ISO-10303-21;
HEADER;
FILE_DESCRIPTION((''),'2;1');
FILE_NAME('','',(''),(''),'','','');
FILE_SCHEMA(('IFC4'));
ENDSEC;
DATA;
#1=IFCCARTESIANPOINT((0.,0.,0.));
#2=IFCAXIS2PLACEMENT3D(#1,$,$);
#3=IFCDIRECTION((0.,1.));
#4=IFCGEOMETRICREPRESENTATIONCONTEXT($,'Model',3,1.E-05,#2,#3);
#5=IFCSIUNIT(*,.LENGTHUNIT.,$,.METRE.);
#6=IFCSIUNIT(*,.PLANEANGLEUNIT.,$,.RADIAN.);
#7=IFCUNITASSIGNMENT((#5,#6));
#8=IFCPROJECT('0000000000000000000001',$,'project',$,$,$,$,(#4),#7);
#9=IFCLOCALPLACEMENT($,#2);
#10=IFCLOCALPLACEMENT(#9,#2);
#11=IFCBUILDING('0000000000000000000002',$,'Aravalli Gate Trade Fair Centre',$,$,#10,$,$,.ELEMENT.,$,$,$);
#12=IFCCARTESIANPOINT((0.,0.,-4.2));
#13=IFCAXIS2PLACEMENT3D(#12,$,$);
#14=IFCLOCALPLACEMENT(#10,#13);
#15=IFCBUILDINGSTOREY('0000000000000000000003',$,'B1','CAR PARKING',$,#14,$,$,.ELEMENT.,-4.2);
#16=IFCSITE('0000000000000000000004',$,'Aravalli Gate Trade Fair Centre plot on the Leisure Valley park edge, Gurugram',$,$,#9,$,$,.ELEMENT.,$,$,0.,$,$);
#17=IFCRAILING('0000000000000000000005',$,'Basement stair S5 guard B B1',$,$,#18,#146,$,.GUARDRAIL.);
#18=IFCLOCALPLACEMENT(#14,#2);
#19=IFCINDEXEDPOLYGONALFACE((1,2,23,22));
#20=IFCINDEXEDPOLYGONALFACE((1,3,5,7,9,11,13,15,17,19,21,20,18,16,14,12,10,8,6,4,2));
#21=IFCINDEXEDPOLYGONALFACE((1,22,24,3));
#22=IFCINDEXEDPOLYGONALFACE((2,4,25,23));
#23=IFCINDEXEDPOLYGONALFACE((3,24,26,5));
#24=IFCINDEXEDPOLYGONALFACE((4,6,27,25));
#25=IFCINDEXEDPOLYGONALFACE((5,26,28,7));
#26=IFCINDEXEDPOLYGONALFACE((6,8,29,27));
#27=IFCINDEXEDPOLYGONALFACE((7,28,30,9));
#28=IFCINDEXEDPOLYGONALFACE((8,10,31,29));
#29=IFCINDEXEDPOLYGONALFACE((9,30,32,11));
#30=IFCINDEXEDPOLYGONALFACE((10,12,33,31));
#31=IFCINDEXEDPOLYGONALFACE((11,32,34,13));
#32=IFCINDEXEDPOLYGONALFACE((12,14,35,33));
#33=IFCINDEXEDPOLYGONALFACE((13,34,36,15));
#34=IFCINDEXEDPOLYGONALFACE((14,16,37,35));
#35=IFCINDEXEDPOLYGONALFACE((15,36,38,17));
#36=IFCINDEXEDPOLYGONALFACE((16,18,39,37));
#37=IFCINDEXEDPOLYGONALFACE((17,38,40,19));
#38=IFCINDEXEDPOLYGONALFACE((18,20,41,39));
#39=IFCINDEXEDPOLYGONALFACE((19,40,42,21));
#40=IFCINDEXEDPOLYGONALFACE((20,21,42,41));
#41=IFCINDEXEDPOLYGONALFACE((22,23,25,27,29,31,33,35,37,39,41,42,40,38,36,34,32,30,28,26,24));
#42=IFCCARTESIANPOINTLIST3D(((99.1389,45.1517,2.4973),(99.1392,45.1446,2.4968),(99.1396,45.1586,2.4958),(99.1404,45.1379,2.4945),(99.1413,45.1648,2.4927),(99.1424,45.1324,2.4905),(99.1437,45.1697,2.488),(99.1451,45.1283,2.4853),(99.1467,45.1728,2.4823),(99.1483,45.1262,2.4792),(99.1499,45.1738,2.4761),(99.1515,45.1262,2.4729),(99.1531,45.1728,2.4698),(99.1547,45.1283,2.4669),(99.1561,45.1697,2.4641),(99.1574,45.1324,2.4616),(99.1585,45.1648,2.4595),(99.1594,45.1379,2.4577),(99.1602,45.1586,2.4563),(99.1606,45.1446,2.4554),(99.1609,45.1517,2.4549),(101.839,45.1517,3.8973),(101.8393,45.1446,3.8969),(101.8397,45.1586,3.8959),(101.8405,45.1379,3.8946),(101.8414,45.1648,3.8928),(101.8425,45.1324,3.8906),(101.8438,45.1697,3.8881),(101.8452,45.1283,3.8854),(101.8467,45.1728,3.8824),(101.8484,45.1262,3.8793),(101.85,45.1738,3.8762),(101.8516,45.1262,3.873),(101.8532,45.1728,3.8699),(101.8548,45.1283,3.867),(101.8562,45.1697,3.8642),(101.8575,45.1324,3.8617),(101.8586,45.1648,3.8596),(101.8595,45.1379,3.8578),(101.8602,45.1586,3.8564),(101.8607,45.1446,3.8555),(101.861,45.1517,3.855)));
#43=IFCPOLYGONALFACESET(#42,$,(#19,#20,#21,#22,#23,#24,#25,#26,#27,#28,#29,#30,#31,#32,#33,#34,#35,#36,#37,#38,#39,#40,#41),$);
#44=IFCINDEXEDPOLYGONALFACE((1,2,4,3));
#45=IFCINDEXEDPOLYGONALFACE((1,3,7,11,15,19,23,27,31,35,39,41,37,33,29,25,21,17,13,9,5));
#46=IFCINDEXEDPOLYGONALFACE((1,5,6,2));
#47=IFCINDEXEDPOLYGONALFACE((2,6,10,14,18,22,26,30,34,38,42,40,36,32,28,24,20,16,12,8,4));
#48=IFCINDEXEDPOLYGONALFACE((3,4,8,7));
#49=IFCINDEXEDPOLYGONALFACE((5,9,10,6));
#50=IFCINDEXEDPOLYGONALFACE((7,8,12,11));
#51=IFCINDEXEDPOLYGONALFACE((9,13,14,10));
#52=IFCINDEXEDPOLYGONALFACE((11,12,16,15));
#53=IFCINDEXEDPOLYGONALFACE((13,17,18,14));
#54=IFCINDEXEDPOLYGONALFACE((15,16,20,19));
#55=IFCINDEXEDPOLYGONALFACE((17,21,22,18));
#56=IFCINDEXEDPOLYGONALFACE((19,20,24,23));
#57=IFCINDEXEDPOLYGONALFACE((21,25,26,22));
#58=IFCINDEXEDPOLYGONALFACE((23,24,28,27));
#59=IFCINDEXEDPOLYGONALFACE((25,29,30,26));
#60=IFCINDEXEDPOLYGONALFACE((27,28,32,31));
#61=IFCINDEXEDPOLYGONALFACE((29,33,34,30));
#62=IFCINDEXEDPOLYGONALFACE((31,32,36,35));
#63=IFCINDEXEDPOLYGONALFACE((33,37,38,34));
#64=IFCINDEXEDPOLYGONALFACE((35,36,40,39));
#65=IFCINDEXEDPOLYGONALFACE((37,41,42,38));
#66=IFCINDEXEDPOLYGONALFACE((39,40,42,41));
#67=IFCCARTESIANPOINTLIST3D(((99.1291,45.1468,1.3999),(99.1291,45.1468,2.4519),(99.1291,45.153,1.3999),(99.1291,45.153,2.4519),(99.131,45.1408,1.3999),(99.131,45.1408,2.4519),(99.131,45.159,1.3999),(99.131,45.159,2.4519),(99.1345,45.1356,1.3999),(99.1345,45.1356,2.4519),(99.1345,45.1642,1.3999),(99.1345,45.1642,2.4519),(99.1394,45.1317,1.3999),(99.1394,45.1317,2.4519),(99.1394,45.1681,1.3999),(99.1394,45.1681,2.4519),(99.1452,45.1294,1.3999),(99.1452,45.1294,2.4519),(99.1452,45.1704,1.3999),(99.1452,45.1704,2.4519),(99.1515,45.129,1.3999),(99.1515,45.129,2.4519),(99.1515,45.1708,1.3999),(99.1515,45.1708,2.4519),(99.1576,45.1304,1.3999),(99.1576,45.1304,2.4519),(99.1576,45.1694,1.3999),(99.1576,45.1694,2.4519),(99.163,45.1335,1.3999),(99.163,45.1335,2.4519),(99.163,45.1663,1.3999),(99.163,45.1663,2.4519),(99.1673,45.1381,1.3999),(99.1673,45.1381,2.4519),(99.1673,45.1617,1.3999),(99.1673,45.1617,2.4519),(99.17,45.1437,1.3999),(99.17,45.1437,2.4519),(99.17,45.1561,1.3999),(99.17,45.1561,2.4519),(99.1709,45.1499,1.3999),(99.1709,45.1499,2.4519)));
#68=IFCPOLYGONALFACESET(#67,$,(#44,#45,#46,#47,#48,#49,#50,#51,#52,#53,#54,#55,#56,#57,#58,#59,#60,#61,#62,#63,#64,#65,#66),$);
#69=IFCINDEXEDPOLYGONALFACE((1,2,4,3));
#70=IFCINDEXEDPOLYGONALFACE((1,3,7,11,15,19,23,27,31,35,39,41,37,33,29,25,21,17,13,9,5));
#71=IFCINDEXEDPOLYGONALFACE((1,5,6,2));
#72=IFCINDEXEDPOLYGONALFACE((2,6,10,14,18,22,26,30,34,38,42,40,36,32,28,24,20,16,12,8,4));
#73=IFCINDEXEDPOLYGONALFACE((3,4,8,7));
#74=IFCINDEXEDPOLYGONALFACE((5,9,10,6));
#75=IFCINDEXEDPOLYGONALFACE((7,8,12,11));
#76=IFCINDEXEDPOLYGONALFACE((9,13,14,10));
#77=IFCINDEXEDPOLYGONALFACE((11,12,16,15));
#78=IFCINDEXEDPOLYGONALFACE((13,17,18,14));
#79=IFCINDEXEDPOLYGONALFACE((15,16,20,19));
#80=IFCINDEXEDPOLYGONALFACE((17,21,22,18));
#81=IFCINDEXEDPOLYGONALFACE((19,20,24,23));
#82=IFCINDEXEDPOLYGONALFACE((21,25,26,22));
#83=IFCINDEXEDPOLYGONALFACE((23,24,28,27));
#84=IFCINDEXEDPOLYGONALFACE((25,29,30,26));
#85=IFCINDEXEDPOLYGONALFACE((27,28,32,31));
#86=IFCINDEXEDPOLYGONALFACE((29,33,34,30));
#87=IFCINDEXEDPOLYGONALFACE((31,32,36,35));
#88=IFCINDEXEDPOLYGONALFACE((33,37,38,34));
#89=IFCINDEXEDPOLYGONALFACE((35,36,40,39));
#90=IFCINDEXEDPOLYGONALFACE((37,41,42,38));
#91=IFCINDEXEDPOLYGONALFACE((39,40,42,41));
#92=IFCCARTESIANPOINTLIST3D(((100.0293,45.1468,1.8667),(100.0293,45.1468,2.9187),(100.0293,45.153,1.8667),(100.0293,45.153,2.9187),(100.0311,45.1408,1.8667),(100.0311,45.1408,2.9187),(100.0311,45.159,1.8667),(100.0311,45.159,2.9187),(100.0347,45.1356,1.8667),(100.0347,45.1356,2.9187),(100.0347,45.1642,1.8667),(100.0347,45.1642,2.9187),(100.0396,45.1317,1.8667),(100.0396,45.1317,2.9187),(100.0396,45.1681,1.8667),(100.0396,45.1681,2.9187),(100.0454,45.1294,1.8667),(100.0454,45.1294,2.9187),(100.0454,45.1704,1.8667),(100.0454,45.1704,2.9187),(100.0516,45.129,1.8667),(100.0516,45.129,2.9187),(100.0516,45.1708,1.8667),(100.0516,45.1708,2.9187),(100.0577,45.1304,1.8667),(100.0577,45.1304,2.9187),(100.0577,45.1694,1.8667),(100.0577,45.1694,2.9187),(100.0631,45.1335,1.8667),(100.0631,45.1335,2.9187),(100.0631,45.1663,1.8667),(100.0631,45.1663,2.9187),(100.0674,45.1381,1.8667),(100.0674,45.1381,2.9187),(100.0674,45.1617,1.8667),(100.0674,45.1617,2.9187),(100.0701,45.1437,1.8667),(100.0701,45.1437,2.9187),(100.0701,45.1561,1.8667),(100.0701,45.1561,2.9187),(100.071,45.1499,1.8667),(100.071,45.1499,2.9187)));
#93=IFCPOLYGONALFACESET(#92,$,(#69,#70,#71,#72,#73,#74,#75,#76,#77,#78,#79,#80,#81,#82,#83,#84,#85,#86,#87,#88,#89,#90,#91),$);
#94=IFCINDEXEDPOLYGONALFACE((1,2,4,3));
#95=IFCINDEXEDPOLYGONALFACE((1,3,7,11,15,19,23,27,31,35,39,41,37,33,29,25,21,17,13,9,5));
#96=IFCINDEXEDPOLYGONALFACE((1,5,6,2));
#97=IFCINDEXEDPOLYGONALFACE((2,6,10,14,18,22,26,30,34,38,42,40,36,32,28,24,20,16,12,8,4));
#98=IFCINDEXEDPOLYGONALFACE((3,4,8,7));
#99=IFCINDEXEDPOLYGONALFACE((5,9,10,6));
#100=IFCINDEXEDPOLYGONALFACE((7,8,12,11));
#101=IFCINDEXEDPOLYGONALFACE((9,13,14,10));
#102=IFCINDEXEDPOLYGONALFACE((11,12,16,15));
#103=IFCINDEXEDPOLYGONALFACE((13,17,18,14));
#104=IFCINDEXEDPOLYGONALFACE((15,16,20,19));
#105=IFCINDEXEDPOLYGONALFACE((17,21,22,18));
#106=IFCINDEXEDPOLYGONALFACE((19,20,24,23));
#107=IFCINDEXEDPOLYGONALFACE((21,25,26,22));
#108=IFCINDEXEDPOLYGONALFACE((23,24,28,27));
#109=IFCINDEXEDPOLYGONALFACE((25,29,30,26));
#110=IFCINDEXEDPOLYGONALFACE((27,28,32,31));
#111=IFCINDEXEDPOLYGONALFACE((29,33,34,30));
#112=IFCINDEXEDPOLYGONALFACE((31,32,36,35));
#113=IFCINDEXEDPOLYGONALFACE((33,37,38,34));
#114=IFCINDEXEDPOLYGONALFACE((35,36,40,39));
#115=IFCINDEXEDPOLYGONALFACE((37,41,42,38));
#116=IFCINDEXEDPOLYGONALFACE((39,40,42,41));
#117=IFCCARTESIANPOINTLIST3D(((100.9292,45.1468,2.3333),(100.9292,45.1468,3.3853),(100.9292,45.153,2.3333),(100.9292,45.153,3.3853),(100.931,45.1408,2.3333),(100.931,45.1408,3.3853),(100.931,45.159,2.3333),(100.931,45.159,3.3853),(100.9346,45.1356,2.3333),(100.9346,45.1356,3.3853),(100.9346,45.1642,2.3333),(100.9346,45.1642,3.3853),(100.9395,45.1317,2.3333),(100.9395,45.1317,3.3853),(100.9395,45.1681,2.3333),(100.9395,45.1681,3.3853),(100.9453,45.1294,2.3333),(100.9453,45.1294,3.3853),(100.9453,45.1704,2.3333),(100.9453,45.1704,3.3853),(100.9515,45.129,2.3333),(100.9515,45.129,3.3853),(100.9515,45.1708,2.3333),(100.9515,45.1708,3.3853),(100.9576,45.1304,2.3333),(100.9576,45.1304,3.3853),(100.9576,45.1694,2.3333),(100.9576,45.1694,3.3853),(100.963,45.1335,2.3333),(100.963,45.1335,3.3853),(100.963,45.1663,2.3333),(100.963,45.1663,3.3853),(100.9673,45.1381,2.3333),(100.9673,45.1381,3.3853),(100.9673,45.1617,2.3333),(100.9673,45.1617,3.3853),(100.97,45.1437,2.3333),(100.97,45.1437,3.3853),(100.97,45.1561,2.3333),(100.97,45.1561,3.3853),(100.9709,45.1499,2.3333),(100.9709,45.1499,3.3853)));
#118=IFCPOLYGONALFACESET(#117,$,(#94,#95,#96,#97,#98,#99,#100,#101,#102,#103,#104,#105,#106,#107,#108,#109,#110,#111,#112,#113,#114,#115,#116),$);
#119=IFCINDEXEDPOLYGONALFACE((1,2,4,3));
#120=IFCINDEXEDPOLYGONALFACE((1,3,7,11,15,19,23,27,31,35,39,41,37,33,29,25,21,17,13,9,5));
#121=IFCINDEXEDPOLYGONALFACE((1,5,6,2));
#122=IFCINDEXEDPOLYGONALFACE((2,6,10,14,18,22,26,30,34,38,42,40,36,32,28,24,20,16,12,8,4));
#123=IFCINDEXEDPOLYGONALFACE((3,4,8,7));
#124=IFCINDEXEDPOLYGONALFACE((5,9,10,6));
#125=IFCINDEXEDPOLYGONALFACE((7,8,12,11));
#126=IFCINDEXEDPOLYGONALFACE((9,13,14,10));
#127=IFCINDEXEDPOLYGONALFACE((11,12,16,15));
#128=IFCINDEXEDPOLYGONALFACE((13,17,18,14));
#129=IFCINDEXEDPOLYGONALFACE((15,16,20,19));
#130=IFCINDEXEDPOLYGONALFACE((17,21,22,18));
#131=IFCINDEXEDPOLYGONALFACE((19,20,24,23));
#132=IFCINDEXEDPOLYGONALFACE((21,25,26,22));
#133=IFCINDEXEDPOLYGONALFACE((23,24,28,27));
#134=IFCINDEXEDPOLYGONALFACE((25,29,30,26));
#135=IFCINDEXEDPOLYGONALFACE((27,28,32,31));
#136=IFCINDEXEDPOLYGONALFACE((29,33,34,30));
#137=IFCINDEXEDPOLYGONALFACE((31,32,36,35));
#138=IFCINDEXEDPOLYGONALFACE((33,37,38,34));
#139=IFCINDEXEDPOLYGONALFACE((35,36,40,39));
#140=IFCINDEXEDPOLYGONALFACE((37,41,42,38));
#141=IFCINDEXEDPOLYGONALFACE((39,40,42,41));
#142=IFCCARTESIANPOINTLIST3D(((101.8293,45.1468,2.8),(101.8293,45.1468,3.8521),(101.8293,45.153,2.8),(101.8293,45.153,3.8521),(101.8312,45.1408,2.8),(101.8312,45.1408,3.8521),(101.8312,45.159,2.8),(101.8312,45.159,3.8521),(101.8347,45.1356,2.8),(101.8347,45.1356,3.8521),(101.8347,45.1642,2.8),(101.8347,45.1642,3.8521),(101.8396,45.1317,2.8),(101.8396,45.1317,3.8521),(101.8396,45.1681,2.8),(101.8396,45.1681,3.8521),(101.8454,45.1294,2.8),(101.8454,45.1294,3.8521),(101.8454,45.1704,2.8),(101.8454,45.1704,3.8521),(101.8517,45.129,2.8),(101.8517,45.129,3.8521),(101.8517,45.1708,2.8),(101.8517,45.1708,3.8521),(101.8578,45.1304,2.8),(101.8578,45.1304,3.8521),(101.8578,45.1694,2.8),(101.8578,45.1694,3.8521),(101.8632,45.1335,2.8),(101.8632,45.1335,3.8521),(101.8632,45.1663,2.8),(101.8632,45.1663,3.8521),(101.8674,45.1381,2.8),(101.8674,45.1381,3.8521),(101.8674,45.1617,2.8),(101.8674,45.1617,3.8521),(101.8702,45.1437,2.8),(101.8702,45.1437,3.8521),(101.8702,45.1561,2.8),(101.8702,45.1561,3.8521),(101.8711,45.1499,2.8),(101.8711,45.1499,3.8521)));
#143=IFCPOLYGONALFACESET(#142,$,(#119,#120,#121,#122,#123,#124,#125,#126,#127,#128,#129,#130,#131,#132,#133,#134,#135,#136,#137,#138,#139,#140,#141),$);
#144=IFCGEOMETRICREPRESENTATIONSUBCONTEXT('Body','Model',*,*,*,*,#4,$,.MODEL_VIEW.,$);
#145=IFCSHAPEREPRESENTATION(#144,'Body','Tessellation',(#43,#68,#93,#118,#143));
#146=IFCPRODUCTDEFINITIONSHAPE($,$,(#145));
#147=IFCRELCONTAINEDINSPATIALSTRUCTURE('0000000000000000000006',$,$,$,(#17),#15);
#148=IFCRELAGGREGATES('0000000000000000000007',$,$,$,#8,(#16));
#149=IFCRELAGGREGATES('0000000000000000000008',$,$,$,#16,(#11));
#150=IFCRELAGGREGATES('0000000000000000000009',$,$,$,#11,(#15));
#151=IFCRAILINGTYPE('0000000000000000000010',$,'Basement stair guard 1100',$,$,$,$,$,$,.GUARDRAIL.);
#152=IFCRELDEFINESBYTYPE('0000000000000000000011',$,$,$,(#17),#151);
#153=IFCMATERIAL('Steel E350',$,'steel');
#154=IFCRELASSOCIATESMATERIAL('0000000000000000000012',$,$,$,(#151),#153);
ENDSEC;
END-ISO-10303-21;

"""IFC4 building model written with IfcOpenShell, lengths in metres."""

from ifc_helpers import new_model, si_unit, direction, frame, origin, origin_2d, place, context, subcontext, project, spatial, circle, extrude, material, type_object, element, save


model = new_model("IFC4")

# Units and contexts
model_context = context("Model", 3, precision=1e-05, world=origin(), true_north=direction((0.0, 1.0)))
body_context = subcontext(model_context, "Body", "Model", "MODEL_VIEW")
ifc_project = project(units=[si_unit("LENGTHUNIT", "METRE"), si_unit("PLANEANGLEUNIT", "RADIAN")], contexts=[model_context])

# Site, building, storey
site_placement = place(None, origin())
site = spatial("IfcSite", under=ifc_project, at=site_placement, Name="Aravalli Gate Trade Fair Centre plot on the Leisure Valley park edge, Gurugram", CompositionType="ELEMENT", RefElevation=0.0)
building_placement = place(site_placement, origin())
building = spatial("IfcBuilding", under=site, at=building_placement, Name="Aravalli Gate Trade Fair Centre", CompositionType="ELEMENT")
storey_placement = place(building_placement, frame((0.0, 0.0, -4.2)))
storey = spatial("IfcBuildingStorey", under=building, at=storey_placement, Name="B1", Description="CAR PARKING", CompositionType="ELEMENT", Elevation=-4.2)

# Railing
ifc_material_1 = material(Name="Steel E350", Category="steel")
railing_type_1 = type_object("IfcRailingType", Name="Basement stair guard 1100", PredefinedType="GUARDRAIL", material=ifc_material_1)
railing_1_placement = place(storey_placement, frame((99.1499, 45.1499, 1.3999)))
element("IfcRailing", 1, at=railing_1_placement, inside=storey, type_object=railing_type_1, Name="Basement stair S5 guard B B1", PredefinedType="GUARDRAIL", context=body_context, shape_type="SweptSolid", body=[
    extrude(circle(Radius=0.0239, at=origin_2d()), frame((0.0, 0.0, 1.0762), z_axis=(0.887748, 0.0, 0.460329), x_axis=(0.0, 1.0, 0.0)), (0.0, 0.0, 1.0), 3.0415),
    extrude(circle(Radius=0.021, at=origin_2d()), origin(), (0.0, 0.0, 1.0), 1.052),
    extrude(circle(Radius=0.021, at=origin_2d()), frame((0.9001, 0.0, 0.4668)), (0.0, 0.0, 1.0), 1.052),
    extrude(circle(Radius=0.021, at=origin_2d()), frame((1.8, 0.0, 0.9333)), (0.0, 0.0, 1.0), 1.052),
    extrude(circle(Radius=0.021, at=origin_2d()), frame((2.7002, 0.0, 1.4001)), (0.0, 0.0, 1.0), 1.052),
])

save(model, "model.ifc")
